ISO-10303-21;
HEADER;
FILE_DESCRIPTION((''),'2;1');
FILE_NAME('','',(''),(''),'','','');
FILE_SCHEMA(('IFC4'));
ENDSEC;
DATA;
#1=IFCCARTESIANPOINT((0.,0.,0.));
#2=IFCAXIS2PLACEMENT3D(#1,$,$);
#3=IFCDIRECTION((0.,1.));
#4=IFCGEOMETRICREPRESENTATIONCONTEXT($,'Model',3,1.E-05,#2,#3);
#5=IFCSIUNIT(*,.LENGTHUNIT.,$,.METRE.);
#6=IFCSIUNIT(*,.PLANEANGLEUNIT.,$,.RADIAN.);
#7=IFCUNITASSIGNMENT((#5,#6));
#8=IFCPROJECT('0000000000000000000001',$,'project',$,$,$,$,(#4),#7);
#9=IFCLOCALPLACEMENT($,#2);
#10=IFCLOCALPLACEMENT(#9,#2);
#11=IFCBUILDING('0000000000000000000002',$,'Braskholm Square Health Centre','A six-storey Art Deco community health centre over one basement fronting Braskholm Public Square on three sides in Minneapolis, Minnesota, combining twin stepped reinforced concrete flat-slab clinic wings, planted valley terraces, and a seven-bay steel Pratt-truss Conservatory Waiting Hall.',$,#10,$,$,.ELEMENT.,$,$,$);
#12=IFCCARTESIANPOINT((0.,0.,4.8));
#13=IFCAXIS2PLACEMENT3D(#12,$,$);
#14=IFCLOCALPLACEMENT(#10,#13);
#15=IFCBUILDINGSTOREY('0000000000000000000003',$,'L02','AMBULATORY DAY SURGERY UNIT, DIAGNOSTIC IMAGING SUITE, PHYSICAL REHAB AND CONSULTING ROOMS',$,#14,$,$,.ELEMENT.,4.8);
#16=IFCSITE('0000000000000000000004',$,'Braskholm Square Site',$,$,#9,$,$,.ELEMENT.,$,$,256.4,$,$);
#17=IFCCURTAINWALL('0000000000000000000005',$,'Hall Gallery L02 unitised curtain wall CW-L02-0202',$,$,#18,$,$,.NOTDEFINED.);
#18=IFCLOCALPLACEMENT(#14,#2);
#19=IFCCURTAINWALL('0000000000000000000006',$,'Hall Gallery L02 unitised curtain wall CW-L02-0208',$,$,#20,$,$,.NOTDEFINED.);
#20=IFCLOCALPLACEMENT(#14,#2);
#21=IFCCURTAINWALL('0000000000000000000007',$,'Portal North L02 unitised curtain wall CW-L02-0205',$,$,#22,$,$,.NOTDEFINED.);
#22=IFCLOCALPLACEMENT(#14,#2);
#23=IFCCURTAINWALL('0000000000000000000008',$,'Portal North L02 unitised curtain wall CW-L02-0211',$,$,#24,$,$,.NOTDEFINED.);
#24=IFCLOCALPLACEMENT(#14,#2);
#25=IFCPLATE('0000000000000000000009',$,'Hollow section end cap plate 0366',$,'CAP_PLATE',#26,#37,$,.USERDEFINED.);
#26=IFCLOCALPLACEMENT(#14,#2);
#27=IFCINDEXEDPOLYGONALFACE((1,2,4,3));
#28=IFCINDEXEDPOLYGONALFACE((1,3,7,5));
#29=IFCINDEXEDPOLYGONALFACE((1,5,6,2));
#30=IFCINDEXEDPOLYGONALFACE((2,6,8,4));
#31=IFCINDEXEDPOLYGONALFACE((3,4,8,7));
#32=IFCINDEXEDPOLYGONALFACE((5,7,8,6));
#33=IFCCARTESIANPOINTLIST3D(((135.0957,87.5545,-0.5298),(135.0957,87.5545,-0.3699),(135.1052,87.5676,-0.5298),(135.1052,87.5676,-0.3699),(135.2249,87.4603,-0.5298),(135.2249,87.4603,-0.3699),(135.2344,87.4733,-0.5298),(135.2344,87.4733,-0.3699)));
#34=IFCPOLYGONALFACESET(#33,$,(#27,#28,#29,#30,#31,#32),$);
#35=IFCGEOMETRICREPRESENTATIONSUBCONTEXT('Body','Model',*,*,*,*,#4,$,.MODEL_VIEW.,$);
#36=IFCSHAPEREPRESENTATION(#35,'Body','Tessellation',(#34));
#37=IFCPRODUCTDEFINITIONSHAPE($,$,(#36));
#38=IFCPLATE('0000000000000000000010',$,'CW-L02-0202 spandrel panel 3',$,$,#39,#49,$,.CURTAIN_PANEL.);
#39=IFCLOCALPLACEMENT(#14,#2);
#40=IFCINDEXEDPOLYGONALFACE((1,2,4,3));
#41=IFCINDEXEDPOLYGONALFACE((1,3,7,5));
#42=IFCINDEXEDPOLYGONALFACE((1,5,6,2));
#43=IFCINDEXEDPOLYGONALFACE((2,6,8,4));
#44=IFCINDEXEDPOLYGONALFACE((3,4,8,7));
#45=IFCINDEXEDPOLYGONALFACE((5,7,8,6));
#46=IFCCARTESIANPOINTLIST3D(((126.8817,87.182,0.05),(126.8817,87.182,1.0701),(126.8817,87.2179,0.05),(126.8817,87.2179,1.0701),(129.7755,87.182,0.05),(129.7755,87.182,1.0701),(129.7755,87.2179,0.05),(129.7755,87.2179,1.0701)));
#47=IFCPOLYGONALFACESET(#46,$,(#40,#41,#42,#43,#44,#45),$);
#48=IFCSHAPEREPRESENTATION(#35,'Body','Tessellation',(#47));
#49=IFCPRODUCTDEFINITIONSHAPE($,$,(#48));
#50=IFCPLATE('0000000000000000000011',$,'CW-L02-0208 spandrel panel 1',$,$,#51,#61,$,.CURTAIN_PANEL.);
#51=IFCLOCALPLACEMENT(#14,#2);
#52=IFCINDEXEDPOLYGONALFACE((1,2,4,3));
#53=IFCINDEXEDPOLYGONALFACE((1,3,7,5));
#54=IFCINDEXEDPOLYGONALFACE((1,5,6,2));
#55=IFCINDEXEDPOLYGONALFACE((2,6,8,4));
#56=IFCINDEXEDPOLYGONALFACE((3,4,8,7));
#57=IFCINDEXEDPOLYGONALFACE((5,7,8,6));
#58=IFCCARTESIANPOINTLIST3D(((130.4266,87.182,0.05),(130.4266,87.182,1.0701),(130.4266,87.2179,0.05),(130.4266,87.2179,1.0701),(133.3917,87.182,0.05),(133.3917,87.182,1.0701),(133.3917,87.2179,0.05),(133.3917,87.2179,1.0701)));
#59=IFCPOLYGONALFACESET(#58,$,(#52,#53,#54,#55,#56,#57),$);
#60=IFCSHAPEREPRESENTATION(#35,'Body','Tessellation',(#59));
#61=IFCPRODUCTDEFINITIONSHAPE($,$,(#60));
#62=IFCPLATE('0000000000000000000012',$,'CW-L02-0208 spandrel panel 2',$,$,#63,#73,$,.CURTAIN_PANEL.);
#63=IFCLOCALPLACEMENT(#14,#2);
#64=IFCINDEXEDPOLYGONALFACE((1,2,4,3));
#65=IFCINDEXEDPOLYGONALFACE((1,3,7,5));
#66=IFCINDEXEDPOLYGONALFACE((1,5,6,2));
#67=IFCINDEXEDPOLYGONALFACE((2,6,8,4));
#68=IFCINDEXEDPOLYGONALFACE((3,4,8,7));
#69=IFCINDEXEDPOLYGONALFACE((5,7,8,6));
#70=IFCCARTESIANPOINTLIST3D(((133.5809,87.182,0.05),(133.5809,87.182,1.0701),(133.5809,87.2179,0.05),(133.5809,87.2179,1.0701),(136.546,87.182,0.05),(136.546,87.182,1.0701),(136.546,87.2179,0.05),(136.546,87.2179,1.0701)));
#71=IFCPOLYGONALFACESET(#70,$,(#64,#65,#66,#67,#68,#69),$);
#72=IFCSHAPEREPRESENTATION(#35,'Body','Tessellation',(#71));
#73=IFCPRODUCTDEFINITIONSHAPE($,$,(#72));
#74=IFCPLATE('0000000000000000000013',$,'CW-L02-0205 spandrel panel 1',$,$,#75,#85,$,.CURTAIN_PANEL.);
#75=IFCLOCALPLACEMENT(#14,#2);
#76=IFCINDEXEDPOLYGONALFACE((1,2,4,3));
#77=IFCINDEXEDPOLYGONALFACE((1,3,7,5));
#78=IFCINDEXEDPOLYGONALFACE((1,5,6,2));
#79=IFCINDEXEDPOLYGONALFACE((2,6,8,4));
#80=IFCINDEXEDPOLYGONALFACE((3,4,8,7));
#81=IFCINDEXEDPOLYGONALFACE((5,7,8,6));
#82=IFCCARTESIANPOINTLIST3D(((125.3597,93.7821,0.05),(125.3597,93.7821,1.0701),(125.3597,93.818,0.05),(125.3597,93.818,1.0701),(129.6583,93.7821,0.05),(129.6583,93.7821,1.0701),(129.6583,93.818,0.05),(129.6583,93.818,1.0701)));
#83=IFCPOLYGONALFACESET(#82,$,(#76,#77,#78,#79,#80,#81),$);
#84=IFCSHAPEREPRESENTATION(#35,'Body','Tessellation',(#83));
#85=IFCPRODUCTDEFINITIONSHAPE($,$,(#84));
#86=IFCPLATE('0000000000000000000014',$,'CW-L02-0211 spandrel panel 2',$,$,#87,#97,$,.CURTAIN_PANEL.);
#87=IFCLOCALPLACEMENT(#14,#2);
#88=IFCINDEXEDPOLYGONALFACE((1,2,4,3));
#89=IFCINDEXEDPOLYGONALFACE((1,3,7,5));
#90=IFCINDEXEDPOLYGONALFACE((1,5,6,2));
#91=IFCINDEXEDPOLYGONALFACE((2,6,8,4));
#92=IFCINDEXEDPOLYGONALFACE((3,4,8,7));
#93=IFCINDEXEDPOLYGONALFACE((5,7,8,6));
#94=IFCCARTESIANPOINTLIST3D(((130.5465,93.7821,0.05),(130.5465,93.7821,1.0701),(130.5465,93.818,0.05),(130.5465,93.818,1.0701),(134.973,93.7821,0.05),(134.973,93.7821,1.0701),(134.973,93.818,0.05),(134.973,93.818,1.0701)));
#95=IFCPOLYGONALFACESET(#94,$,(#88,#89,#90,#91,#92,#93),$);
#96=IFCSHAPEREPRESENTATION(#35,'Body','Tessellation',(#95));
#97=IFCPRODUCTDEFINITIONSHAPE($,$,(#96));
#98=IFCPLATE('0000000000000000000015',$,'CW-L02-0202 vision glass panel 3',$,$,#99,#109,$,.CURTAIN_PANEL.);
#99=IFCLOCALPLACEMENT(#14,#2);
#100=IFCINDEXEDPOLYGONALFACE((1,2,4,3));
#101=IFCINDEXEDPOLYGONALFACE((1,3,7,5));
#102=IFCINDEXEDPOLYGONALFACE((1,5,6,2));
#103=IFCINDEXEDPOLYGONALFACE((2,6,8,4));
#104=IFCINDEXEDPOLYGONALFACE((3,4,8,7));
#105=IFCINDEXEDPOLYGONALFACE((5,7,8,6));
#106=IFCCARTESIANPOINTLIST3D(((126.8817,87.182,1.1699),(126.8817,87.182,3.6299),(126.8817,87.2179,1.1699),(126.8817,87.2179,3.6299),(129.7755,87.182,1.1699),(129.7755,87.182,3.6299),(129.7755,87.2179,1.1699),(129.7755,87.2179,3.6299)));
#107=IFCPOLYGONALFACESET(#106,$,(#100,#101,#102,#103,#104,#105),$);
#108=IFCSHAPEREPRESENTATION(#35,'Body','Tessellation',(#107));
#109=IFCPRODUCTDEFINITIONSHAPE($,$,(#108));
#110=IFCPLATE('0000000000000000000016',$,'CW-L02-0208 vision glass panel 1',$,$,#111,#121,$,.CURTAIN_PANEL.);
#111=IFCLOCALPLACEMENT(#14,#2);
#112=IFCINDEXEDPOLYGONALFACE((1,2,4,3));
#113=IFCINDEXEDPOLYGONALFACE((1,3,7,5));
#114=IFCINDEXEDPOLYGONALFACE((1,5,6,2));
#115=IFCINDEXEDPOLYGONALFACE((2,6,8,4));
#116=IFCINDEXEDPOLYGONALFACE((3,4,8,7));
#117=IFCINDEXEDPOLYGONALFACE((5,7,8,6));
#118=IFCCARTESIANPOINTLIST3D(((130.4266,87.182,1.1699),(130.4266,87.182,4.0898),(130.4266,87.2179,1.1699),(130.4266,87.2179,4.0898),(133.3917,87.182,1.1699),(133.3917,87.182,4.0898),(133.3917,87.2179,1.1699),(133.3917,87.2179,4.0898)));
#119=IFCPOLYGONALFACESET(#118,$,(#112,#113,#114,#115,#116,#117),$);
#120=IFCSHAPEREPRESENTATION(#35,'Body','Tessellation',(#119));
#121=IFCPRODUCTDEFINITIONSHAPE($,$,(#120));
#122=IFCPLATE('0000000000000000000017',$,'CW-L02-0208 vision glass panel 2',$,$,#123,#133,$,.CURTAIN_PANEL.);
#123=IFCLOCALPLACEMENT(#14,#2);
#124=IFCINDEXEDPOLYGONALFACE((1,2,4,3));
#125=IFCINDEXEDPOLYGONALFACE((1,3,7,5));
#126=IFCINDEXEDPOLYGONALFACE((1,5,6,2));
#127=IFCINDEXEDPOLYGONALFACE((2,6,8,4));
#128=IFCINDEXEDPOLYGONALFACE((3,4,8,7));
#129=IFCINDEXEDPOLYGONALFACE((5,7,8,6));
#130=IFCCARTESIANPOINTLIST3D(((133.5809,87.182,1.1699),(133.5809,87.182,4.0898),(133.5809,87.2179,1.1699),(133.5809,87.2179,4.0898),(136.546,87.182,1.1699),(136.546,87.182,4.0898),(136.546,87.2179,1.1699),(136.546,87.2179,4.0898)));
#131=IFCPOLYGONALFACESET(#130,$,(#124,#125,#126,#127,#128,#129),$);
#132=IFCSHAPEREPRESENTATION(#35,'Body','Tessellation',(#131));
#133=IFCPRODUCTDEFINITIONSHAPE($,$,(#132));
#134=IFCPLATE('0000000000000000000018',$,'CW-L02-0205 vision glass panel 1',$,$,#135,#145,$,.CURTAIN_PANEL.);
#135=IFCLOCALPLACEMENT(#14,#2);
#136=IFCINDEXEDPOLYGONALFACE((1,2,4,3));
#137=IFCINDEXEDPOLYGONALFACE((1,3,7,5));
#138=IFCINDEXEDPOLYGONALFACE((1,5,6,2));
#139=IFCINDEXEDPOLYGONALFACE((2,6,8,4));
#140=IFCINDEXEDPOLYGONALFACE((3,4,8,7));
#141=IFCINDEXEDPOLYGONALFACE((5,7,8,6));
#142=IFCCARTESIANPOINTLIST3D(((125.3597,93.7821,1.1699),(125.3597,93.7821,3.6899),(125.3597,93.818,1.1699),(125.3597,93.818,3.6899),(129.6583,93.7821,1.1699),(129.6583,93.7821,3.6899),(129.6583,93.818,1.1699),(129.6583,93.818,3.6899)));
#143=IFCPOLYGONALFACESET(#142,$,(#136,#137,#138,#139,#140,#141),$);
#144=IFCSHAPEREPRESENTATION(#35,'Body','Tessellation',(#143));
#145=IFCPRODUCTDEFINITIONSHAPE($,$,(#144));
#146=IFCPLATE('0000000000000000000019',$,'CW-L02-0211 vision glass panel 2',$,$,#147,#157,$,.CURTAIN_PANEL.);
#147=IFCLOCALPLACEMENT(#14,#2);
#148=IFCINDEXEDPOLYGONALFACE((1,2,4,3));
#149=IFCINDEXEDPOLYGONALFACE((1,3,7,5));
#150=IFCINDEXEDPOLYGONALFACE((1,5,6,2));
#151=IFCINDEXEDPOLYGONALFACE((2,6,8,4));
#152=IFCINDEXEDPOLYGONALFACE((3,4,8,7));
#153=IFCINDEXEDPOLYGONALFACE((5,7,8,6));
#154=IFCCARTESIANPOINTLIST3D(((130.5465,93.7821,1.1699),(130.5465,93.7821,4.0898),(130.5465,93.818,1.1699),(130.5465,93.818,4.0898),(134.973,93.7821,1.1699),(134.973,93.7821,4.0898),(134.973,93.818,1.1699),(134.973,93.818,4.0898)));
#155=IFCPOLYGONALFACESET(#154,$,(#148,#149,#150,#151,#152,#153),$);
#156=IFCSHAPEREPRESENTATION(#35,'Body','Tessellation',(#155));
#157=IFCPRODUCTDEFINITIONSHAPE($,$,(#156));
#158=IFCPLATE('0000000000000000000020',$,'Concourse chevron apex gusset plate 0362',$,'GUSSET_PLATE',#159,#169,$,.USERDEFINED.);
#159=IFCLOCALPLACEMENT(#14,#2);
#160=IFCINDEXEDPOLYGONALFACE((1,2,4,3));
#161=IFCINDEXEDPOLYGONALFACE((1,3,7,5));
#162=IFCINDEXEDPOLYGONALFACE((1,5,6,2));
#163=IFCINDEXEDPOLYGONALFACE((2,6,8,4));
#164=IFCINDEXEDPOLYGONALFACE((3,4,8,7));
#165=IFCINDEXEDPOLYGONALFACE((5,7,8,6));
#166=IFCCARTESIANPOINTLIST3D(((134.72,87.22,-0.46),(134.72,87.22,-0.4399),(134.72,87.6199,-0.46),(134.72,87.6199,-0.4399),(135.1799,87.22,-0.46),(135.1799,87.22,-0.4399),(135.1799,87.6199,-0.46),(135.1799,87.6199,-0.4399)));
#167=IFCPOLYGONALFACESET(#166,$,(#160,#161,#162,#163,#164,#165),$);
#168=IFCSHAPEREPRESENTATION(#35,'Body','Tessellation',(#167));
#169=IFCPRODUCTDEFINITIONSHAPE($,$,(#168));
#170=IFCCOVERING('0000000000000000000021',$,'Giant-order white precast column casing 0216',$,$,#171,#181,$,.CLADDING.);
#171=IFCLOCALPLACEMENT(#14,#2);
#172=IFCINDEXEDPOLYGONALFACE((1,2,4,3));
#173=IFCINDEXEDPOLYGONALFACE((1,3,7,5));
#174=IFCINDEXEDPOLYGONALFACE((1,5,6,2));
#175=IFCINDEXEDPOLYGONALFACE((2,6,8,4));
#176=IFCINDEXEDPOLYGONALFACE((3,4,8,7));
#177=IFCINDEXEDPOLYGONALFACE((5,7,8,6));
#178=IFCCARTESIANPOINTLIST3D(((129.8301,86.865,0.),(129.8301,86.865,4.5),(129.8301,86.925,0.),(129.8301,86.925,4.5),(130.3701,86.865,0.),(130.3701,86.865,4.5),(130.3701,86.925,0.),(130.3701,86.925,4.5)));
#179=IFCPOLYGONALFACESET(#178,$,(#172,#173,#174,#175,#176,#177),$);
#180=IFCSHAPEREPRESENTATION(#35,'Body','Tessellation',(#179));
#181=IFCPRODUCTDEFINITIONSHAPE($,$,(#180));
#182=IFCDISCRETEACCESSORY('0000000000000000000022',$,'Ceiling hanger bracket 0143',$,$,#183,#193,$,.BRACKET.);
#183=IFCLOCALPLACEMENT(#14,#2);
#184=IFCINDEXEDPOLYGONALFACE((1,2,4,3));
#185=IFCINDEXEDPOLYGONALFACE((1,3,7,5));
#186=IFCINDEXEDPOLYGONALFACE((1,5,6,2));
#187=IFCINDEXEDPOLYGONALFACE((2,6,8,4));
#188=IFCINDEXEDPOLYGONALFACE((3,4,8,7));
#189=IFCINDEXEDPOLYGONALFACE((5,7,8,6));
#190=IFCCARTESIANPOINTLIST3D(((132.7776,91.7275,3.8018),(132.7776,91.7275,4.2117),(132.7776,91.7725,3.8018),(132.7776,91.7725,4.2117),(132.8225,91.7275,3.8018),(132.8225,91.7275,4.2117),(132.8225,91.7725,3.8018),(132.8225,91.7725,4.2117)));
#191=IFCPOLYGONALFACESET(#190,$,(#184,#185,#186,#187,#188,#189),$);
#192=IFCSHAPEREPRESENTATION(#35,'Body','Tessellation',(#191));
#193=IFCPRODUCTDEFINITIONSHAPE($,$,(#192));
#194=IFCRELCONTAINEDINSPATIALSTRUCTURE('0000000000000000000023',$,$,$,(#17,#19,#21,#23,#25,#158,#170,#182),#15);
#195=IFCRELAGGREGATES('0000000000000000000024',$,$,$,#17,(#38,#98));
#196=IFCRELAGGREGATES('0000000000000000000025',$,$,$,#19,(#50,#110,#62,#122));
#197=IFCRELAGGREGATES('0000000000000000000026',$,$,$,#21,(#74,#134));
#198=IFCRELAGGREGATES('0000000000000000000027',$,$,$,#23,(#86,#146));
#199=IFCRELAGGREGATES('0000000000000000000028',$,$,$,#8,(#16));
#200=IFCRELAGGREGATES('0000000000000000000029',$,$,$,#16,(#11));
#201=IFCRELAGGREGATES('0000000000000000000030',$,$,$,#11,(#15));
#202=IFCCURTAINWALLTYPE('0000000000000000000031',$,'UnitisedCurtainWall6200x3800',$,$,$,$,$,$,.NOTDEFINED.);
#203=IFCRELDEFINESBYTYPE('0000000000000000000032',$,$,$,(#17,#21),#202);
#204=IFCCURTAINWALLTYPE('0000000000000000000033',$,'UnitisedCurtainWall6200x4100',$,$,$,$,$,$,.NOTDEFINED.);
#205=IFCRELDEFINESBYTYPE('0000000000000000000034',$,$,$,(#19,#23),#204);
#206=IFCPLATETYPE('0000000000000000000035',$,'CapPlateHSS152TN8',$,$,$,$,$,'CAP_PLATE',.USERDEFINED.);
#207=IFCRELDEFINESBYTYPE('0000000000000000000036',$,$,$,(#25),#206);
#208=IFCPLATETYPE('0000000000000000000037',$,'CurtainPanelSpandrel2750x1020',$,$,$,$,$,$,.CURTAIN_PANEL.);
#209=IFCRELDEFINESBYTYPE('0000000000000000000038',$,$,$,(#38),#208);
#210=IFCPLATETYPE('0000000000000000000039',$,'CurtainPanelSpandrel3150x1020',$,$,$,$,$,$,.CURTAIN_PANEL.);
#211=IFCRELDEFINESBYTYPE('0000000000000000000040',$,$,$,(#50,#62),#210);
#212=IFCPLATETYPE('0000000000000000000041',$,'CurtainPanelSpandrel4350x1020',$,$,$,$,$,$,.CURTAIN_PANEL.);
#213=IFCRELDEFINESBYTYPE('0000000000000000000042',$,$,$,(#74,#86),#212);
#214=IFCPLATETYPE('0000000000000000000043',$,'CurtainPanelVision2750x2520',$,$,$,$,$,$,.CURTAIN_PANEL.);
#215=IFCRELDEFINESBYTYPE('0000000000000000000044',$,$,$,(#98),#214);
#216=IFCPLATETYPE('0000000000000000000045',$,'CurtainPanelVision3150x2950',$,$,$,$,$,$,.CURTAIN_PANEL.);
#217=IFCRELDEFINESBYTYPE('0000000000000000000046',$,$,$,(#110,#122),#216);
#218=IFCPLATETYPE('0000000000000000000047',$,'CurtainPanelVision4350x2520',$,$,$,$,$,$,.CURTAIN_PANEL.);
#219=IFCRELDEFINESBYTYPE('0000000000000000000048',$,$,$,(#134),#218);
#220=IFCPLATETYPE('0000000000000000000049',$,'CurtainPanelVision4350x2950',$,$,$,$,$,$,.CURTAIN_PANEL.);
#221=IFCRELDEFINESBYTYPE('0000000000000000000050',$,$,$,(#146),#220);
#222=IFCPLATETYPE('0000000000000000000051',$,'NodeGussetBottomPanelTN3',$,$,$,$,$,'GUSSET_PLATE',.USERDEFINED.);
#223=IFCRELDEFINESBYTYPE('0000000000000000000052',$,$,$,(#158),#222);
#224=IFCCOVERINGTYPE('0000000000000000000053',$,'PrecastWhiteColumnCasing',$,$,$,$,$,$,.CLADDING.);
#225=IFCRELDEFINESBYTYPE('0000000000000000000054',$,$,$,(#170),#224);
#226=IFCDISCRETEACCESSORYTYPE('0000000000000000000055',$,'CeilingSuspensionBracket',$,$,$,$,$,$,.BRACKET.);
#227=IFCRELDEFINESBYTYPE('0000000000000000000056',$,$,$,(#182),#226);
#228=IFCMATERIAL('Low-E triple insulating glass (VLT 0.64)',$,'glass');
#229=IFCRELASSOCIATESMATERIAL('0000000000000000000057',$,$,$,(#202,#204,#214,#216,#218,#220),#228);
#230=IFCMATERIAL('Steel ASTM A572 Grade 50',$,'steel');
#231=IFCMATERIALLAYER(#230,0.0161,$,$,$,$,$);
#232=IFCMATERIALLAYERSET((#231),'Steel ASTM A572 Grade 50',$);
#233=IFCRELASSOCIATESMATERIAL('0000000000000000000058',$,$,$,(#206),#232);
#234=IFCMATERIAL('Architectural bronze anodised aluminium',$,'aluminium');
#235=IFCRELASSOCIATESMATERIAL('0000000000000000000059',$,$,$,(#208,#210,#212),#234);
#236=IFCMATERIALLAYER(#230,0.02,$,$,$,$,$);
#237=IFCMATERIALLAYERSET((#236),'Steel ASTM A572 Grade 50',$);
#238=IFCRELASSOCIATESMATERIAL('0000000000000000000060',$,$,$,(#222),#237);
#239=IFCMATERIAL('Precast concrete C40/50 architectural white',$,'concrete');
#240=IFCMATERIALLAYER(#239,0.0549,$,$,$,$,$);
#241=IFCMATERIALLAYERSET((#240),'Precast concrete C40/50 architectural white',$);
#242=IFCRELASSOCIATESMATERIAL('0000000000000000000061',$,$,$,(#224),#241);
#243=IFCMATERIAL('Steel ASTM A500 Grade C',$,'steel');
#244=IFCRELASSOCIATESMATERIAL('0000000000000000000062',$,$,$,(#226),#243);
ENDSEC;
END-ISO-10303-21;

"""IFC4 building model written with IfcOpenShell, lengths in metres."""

from ifc_helpers import new_model, si_unit, direction, frame, origin, origin_2d, place, context, subcontext, project, spatial, rectangle, extrude, material, layer, layer_set, type_object, element, aggregate, save


model = new_model("IFC4")

# Units and contexts
model_context = context("Model", 3, precision=1e-05, world=origin(), true_north=direction((0.0, 1.0)))
body_context = subcontext(model_context, "Body", "Model", "MODEL_VIEW")
ifc_project = project(units=[si_unit("LENGTHUNIT", "METRE"), si_unit("PLANEANGLEUNIT", "RADIAN")], contexts=[model_context])

# Site, building, storey
site_placement = place(None, origin())
site = spatial("IfcSite", under=ifc_project, at=site_placement, Name="Braskholm Square Site", CompositionType="ELEMENT", RefElevation=256.4)
building_placement = place(site_placement, origin())
building = spatial("IfcBuilding", under=site, at=building_placement, Name="Braskholm Square Health Centre", Description="A six-storey Art Deco community health centre over one basement fronting Braskholm Public Square on three sides in Minneapolis, Minnesota, combining twin stepped reinforced concrete flat-slab clinic wings, planted valley terraces, and a seven-bay steel Pratt-truss Conservatory Waiting Hall.", CompositionType="ELEMENT")
storey_placement = place(building_placement, frame((0.0, 0.0, 4.8)))
storey = spatial("IfcBuildingStorey", under=building, at=storey_placement, Name="L02", Description="AMBULATORY DAY SURGERY UNIT, DIAGNOSTIC IMAGING SUITE, PHYSICAL REHAB AND CONSULTING ROOMS", CompositionType="ELEMENT", Elevation=4.8)

# Shared definitions
ifc_material_1 = material(Name="Precast concrete C40/50 architectural white", Category="concrete")

# Shared definitions
ifc_material_2 = material(Name="Steel ASTM A500 Grade C", Category="steel")

# Curtain wall
ifc_material_3 = material(Name="Low-E triple insulating glass (VLT 0.64)", Category="glass")
curtain_wall_type_1 = type_object("IfcCurtainWallType", Name="UnitisedCurtainWall6200x3800", PredefinedType="NOTDEFINED", material=ifc_material_3)
curtain_wall_1_placement = place(storey_placement, origin())
curtain_wall_1 = element("IfcCurtainWall", 1, at=curtain_wall_1_placement, inside=storey, type_object=curtain_wall_type_1, Name="Hall Gallery L02 unitised curtain wall CW-L02-0202", PredefinedType="NOTDEFINED")
ifc_material_4 = material(Name="Architectural bronze anodised aluminium", Category="aluminium")

# Curtain wall
curtain_wall_type_2 = type_object("IfcCurtainWallType", Name="UnitisedCurtainWall6200x4100", PredefinedType="NOTDEFINED", material=ifc_material_3)
curtain_wall_2_placement = place(storey_placement, origin())
curtain_wall_2 = element("IfcCurtainWall", 2, at=curtain_wall_2_placement, inside=storey, type_object=curtain_wall_type_2, Name="Hall Gallery L02 unitised curtain wall CW-L02-0208", PredefinedType="NOTDEFINED")

# Curtain wall
curtain_wall_3_placement = place(storey_placement, origin())
curtain_wall_3 = element("IfcCurtainWall", 3, at=curtain_wall_3_placement, inside=storey, type_object=curtain_wall_type_1, Name="Portal North L02 unitised curtain wall CW-L02-0205", PredefinedType="NOTDEFINED")

# Curtain wall
curtain_wall_4_placement = place(storey_placement, origin())
curtain_wall_4 = element("IfcCurtainWall", 4, at=curtain_wall_4_placement, inside=storey, type_object=curtain_wall_type_2, Name="Portal North L02 unitised curtain wall CW-L02-0211", PredefinedType="NOTDEFINED")

# Plate
ifc_material_5 = material(Name="Steel ASTM A572 Grade 50", Category="steel")
ifc_layer_1 = layer(ifc_material_5, 0.0161)
ifc_layer_set_1 = layer_set([ifc_layer_1], Name="Steel ASTM A572 Grade 50")
plate_type_1 = type_object("IfcPlateType", Name="CapPlateHSS152TN8", ElementType="CAP_PLATE", PredefinedType="USERDEFINED", material=ifc_layer_set_1)
for number, where, z_axis, x_axis, name in (
    (5, (135.165, 87.5139, -0.5298), (0.0, 0.0, 1.0), (-0.589535, -0.807743, 0.0), "Hollow section end cap plate 0366"),
):
    element("IfcPlate", number, at=place(storey_placement, frame(where, z_axis=z_axis, x_axis=x_axis)), inside=storey, type_object=plate_type_1, Name=name, ObjectType="CAP_PLATE", PredefinedType="USERDEFINED", context=body_context, shape_type="SweptSolid", body=[
        extrude(rectangle(XDim=0.0161, YDim=0.1599, at=origin_2d()), origin(), (0.0, 0.0, 1.0), 0.1599),
    ])

# Plates
plate_type_2 = type_object("IfcPlateType", Name="CurtainPanelSpandrel2750x1020", PredefinedType="CURTAIN_PANEL", material=ifc_material_4)
plate_1_placement = place(storey_placement, frame((128.3286, 87.2, 0.05), z_axis=(0.0, 0.0, 1.0), x_axis=(1.0, 0.0, 0.0)))
plate_1 = element("IfcPlate", 6, at=plate_1_placement, type_object=plate_type_2, Name="CW-L02-0202 spandrel panel 3", PredefinedType="CURTAIN_PANEL", context=body_context, shape_type="SweptSolid", body=[
    extrude(rectangle(XDim=2.8938, YDim=0.0359, at=origin_2d()), origin(), (0.0, 0.0, 1.0), 1.02),
])
plate_type_3 = type_object("IfcPlateType", Name="CurtainPanelSpandrel3150x1020", PredefinedType="CURTAIN_PANEL", material=ifc_material_4)
plate_2_placement = place(storey_placement, frame((131.9092, 87.2, 0.05), z_axis=(0.0, 0.0, 1.0), x_axis=(1.0, 0.0, 0.0)))
plate_2 = element("IfcPlate", 7, at=plate_2_placement, type_object=plate_type_3, Name="CW-L02-0208 spandrel panel 1", PredefinedType="CURTAIN_PANEL", context=body_context, shape_type="SweptSolid", body=[
    extrude(rectangle(XDim=2.9651, YDim=0.0359, at=origin_2d()), origin(), (0.0, 0.0, 1.0), 1.02),
])
plate_3_placement = place(storey_placement, frame((135.0635, 87.2, 0.05), z_axis=(0.0, 0.0, 1.0), x_axis=(1.0, 0.0, 0.0)))
plate_3 = element("IfcPlate", 8, at=plate_3_placement, type_object=plate_type_3, Name="CW-L02-0208 spandrel panel 2", PredefinedType="CURTAIN_PANEL", context=body_context, shape_type="SweptSolid", body=[
    extrude(rectangle(XDim=2.9651, YDim=0.0359, at=origin_2d()), origin(), (0.0, 0.0, 1.0), 1.02),
])
plate_type_4 = type_object("IfcPlateType", Name="CurtainPanelSpandrel4350x1020", PredefinedType="CURTAIN_PANEL", material=ifc_material_4)
plate_4_placement = place(storey_placement, frame((127.509, 93.8, 0.05), z_axis=(0.0, 0.0, 1.0), x_axis=(-1.0, 0.0, 0.0)))
plate_4 = element("IfcPlate", 9, at=plate_4_placement, type_object=plate_type_4, Name="CW-L02-0205 spandrel panel 1", PredefinedType="CURTAIN_PANEL", context=body_context, shape_type="SweptSolid", body=[
    extrude(rectangle(XDim=4.2986, YDim=0.0359, at=origin_2d()), origin(), (0.0, 0.0, 1.0), 1.02),
])
plate_5_placement = place(storey_placement, frame((132.7598, 93.8, 0.05), z_axis=(0.0, 0.0, 1.0), x_axis=(-1.0, 0.0, 0.0)))
plate_5 = element("IfcPlate", 10, at=plate_5_placement, type_object=plate_type_4, Name="CW-L02-0211 spandrel panel 2", PredefinedType="CURTAIN_PANEL", context=body_context, shape_type="SweptSolid", body=[
    extrude(rectangle(XDim=4.4265, YDim=0.0359, at=origin_2d()), origin(), (0.0, 0.0, 1.0), 1.02),
])
plate_type_5 = type_object("IfcPlateType", Name="CurtainPanelVision2750x2520", PredefinedType="CURTAIN_PANEL", material=ifc_material_3)
plate_6_placement = place(storey_placement, frame((128.3286, 87.2, 1.1699), z_axis=(0.0, 0.0, 1.0), x_axis=(1.0, 0.0, 0.0)))
plate_6 = element("IfcPlate", 11, at=plate_6_placement, type_object=plate_type_5, Name="CW-L02-0202 vision glass panel 3", PredefinedType="CURTAIN_PANEL", context=body_context, shape_type="SweptSolid", body=[
    extrude(rectangle(XDim=2.8938, YDim=0.0359, at=origin_2d()), origin(), (0.0, 0.0, 1.0), 2.46),
])
aggregate(curtain_wall_1, [plate_1, plate_6])
plate_type_6 = type_object("IfcPlateType", Name="CurtainPanelVision3150x2950", PredefinedType="CURTAIN_PANEL", material=ifc_material_3)
plate_7_placement = place(storey_placement, frame((131.9092, 87.2, 1.1699), z_axis=(0.0, 0.0, 1.0), x_axis=(1.0, 0.0, 0.0)))
plate_7 = element("IfcPlate", 12, at=plate_7_placement, type_object=plate_type_6, Name="CW-L02-0208 vision glass panel 1", PredefinedType="CURTAIN_PANEL", context=body_context, shape_type="SweptSolid", body=[
    extrude(rectangle(XDim=2.9651, YDim=0.0359, at=origin_2d()), origin(), (0.0, 0.0, 1.0), 2.9199),
])
plate_8_placement = place(storey_placement, frame((135.0635, 87.2, 1.1699), z_axis=(0.0, 0.0, 1.0), x_axis=(1.0, 0.0, 0.0)))
plate_8 = element("IfcPlate", 13, at=plate_8_placement, type_object=plate_type_6, Name="CW-L02-0208 vision glass panel 2", PredefinedType="CURTAIN_PANEL", context=body_context, shape_type="SweptSolid", body=[
    extrude(rectangle(XDim=2.9651, YDim=0.0359, at=origin_2d()), origin(), (0.0, 0.0, 1.0), 2.9199),
])
aggregate(curtain_wall_2, [plate_2, plate_7, plate_3, plate_8])
plate_type_7 = type_object("IfcPlateType", Name="CurtainPanelVision4350x2520", PredefinedType="CURTAIN_PANEL", material=ifc_material_3)
plate_9_placement = place(storey_placement, frame((127.509, 93.8, 1.1699), z_axis=(0.0, 0.0, 1.0), x_axis=(-1.0, 0.0, 0.0)))
plate_9 = element("IfcPlate", 14, at=plate_9_placement, type_object=plate_type_7, Name="CW-L02-0205 vision glass panel 1", PredefinedType="CURTAIN_PANEL", context=body_context, shape_type="SweptSolid", body=[
    extrude(rectangle(XDim=4.2986, YDim=0.0359, at=origin_2d()), origin(), (0.0, 0.0, 1.0), 2.52),
])
aggregate(curtain_wall_3, [plate_4, plate_9])
plate_type_8 = type_object("IfcPlateType", Name="CurtainPanelVision4350x2950", PredefinedType="CURTAIN_PANEL", material=ifc_material_3)
plate_10_placement = place(storey_placement, frame((132.7598, 93.8, 1.1699), z_axis=(0.0, 0.0, 1.0), x_axis=(-1.0, 0.0, 0.0)))
plate_10 = element("IfcPlate", 15, at=plate_10_placement, type_object=plate_type_8, Name="CW-L02-0211 vision glass panel 2", PredefinedType="CURTAIN_PANEL", context=body_context, shape_type="SweptSolid", body=[
    extrude(rectangle(XDim=4.4265, YDim=0.0359, at=origin_2d()), origin(), (0.0, 0.0, 1.0), 2.9199),
])
aggregate(curtain_wall_4, [plate_5, plate_10])
ifc_layer_2 = layer(ifc_material_5, 0.02)
ifc_layer_set_2 = layer_set([ifc_layer_2], Name="Steel ASTM A572 Grade 50")
plate_type_9 = type_object("IfcPlateType", Name="NodeGussetBottomPanelTN3", ElementType="GUSSET_PLATE", PredefinedType="USERDEFINED", material=ifc_layer_set_2)
plate_11_placement = place(storey_placement, frame((134.95, 87.4199, -0.46), z_axis=(0.0, 0.0, 1.0), x_axis=(1.0, 0.0, 0.0)))
element("IfcPlate", 16, at=plate_11_placement, inside=storey, type_object=plate_type_9, Name="Concourse chevron apex gusset plate 0362", ObjectType="GUSSET_PLATE", PredefinedType="USERDEFINED", context=body_context, shape_type="SweptSolid", body=[
    extrude(rectangle(XDim=0.46, YDim=0.3999, at=origin_2d()), origin(), (0.0, 0.0, 1.0), 0.02),
])

# Covering
ifc_layer_3 = layer(ifc_material_1, 0.0549)
ifc_layer_set_3 = layer_set([ifc_layer_3], Name="Precast concrete C40/50 architectural white")
covering_type = type_object("IfcCoveringType", Name="PrecastWhiteColumnCasing", PredefinedType="CLADDING", material=ifc_layer_set_3)
covering_placement = place(storey_placement, frame((130.1001, 86.895, 0.0), z_axis=(0.0, 0.0, 1.0), x_axis=(1.0, 0.0, 0.0)))
element("IfcCovering", 17, at=covering_placement, inside=storey, type_object=covering_type, Name="Giant-order white precast column casing 0216", PredefinedType="CLADDING", context=body_context, shape_type="SweptSolid", body=[
    extrude(rectangle(XDim=0.54, YDim=0.0601, at=origin_2d()), origin(), (0.0, 0.0, 1.0), 4.5),
])

# Discrete accessory
discrete_accessory_type = type_object("IfcDiscreteAccessoryType", Name="CeilingSuspensionBracket", PredefinedType="BRACKET", material=ifc_material_2)
discrete_accessory_placement = place(storey_placement, frame((132.8, 91.75, 3.8018), z_axis=(0.0, 0.0, 1.0), x_axis=(1.0, 0.0, 0.0)))
element("IfcDiscreteAccessory", 18, at=discrete_accessory_placement, inside=storey, type_object=discrete_accessory_type, Name="Ceiling hanger bracket 0143", PredefinedType="BRACKET", context=body_context, shape_type="SweptSolid", body=[
    extrude(rectangle(XDim=0.0449, YDim=0.0449, at=origin_2d()), origin(), (0.0, 0.0, 1.0), 0.4099),
])

save(model, "model.ifc")
